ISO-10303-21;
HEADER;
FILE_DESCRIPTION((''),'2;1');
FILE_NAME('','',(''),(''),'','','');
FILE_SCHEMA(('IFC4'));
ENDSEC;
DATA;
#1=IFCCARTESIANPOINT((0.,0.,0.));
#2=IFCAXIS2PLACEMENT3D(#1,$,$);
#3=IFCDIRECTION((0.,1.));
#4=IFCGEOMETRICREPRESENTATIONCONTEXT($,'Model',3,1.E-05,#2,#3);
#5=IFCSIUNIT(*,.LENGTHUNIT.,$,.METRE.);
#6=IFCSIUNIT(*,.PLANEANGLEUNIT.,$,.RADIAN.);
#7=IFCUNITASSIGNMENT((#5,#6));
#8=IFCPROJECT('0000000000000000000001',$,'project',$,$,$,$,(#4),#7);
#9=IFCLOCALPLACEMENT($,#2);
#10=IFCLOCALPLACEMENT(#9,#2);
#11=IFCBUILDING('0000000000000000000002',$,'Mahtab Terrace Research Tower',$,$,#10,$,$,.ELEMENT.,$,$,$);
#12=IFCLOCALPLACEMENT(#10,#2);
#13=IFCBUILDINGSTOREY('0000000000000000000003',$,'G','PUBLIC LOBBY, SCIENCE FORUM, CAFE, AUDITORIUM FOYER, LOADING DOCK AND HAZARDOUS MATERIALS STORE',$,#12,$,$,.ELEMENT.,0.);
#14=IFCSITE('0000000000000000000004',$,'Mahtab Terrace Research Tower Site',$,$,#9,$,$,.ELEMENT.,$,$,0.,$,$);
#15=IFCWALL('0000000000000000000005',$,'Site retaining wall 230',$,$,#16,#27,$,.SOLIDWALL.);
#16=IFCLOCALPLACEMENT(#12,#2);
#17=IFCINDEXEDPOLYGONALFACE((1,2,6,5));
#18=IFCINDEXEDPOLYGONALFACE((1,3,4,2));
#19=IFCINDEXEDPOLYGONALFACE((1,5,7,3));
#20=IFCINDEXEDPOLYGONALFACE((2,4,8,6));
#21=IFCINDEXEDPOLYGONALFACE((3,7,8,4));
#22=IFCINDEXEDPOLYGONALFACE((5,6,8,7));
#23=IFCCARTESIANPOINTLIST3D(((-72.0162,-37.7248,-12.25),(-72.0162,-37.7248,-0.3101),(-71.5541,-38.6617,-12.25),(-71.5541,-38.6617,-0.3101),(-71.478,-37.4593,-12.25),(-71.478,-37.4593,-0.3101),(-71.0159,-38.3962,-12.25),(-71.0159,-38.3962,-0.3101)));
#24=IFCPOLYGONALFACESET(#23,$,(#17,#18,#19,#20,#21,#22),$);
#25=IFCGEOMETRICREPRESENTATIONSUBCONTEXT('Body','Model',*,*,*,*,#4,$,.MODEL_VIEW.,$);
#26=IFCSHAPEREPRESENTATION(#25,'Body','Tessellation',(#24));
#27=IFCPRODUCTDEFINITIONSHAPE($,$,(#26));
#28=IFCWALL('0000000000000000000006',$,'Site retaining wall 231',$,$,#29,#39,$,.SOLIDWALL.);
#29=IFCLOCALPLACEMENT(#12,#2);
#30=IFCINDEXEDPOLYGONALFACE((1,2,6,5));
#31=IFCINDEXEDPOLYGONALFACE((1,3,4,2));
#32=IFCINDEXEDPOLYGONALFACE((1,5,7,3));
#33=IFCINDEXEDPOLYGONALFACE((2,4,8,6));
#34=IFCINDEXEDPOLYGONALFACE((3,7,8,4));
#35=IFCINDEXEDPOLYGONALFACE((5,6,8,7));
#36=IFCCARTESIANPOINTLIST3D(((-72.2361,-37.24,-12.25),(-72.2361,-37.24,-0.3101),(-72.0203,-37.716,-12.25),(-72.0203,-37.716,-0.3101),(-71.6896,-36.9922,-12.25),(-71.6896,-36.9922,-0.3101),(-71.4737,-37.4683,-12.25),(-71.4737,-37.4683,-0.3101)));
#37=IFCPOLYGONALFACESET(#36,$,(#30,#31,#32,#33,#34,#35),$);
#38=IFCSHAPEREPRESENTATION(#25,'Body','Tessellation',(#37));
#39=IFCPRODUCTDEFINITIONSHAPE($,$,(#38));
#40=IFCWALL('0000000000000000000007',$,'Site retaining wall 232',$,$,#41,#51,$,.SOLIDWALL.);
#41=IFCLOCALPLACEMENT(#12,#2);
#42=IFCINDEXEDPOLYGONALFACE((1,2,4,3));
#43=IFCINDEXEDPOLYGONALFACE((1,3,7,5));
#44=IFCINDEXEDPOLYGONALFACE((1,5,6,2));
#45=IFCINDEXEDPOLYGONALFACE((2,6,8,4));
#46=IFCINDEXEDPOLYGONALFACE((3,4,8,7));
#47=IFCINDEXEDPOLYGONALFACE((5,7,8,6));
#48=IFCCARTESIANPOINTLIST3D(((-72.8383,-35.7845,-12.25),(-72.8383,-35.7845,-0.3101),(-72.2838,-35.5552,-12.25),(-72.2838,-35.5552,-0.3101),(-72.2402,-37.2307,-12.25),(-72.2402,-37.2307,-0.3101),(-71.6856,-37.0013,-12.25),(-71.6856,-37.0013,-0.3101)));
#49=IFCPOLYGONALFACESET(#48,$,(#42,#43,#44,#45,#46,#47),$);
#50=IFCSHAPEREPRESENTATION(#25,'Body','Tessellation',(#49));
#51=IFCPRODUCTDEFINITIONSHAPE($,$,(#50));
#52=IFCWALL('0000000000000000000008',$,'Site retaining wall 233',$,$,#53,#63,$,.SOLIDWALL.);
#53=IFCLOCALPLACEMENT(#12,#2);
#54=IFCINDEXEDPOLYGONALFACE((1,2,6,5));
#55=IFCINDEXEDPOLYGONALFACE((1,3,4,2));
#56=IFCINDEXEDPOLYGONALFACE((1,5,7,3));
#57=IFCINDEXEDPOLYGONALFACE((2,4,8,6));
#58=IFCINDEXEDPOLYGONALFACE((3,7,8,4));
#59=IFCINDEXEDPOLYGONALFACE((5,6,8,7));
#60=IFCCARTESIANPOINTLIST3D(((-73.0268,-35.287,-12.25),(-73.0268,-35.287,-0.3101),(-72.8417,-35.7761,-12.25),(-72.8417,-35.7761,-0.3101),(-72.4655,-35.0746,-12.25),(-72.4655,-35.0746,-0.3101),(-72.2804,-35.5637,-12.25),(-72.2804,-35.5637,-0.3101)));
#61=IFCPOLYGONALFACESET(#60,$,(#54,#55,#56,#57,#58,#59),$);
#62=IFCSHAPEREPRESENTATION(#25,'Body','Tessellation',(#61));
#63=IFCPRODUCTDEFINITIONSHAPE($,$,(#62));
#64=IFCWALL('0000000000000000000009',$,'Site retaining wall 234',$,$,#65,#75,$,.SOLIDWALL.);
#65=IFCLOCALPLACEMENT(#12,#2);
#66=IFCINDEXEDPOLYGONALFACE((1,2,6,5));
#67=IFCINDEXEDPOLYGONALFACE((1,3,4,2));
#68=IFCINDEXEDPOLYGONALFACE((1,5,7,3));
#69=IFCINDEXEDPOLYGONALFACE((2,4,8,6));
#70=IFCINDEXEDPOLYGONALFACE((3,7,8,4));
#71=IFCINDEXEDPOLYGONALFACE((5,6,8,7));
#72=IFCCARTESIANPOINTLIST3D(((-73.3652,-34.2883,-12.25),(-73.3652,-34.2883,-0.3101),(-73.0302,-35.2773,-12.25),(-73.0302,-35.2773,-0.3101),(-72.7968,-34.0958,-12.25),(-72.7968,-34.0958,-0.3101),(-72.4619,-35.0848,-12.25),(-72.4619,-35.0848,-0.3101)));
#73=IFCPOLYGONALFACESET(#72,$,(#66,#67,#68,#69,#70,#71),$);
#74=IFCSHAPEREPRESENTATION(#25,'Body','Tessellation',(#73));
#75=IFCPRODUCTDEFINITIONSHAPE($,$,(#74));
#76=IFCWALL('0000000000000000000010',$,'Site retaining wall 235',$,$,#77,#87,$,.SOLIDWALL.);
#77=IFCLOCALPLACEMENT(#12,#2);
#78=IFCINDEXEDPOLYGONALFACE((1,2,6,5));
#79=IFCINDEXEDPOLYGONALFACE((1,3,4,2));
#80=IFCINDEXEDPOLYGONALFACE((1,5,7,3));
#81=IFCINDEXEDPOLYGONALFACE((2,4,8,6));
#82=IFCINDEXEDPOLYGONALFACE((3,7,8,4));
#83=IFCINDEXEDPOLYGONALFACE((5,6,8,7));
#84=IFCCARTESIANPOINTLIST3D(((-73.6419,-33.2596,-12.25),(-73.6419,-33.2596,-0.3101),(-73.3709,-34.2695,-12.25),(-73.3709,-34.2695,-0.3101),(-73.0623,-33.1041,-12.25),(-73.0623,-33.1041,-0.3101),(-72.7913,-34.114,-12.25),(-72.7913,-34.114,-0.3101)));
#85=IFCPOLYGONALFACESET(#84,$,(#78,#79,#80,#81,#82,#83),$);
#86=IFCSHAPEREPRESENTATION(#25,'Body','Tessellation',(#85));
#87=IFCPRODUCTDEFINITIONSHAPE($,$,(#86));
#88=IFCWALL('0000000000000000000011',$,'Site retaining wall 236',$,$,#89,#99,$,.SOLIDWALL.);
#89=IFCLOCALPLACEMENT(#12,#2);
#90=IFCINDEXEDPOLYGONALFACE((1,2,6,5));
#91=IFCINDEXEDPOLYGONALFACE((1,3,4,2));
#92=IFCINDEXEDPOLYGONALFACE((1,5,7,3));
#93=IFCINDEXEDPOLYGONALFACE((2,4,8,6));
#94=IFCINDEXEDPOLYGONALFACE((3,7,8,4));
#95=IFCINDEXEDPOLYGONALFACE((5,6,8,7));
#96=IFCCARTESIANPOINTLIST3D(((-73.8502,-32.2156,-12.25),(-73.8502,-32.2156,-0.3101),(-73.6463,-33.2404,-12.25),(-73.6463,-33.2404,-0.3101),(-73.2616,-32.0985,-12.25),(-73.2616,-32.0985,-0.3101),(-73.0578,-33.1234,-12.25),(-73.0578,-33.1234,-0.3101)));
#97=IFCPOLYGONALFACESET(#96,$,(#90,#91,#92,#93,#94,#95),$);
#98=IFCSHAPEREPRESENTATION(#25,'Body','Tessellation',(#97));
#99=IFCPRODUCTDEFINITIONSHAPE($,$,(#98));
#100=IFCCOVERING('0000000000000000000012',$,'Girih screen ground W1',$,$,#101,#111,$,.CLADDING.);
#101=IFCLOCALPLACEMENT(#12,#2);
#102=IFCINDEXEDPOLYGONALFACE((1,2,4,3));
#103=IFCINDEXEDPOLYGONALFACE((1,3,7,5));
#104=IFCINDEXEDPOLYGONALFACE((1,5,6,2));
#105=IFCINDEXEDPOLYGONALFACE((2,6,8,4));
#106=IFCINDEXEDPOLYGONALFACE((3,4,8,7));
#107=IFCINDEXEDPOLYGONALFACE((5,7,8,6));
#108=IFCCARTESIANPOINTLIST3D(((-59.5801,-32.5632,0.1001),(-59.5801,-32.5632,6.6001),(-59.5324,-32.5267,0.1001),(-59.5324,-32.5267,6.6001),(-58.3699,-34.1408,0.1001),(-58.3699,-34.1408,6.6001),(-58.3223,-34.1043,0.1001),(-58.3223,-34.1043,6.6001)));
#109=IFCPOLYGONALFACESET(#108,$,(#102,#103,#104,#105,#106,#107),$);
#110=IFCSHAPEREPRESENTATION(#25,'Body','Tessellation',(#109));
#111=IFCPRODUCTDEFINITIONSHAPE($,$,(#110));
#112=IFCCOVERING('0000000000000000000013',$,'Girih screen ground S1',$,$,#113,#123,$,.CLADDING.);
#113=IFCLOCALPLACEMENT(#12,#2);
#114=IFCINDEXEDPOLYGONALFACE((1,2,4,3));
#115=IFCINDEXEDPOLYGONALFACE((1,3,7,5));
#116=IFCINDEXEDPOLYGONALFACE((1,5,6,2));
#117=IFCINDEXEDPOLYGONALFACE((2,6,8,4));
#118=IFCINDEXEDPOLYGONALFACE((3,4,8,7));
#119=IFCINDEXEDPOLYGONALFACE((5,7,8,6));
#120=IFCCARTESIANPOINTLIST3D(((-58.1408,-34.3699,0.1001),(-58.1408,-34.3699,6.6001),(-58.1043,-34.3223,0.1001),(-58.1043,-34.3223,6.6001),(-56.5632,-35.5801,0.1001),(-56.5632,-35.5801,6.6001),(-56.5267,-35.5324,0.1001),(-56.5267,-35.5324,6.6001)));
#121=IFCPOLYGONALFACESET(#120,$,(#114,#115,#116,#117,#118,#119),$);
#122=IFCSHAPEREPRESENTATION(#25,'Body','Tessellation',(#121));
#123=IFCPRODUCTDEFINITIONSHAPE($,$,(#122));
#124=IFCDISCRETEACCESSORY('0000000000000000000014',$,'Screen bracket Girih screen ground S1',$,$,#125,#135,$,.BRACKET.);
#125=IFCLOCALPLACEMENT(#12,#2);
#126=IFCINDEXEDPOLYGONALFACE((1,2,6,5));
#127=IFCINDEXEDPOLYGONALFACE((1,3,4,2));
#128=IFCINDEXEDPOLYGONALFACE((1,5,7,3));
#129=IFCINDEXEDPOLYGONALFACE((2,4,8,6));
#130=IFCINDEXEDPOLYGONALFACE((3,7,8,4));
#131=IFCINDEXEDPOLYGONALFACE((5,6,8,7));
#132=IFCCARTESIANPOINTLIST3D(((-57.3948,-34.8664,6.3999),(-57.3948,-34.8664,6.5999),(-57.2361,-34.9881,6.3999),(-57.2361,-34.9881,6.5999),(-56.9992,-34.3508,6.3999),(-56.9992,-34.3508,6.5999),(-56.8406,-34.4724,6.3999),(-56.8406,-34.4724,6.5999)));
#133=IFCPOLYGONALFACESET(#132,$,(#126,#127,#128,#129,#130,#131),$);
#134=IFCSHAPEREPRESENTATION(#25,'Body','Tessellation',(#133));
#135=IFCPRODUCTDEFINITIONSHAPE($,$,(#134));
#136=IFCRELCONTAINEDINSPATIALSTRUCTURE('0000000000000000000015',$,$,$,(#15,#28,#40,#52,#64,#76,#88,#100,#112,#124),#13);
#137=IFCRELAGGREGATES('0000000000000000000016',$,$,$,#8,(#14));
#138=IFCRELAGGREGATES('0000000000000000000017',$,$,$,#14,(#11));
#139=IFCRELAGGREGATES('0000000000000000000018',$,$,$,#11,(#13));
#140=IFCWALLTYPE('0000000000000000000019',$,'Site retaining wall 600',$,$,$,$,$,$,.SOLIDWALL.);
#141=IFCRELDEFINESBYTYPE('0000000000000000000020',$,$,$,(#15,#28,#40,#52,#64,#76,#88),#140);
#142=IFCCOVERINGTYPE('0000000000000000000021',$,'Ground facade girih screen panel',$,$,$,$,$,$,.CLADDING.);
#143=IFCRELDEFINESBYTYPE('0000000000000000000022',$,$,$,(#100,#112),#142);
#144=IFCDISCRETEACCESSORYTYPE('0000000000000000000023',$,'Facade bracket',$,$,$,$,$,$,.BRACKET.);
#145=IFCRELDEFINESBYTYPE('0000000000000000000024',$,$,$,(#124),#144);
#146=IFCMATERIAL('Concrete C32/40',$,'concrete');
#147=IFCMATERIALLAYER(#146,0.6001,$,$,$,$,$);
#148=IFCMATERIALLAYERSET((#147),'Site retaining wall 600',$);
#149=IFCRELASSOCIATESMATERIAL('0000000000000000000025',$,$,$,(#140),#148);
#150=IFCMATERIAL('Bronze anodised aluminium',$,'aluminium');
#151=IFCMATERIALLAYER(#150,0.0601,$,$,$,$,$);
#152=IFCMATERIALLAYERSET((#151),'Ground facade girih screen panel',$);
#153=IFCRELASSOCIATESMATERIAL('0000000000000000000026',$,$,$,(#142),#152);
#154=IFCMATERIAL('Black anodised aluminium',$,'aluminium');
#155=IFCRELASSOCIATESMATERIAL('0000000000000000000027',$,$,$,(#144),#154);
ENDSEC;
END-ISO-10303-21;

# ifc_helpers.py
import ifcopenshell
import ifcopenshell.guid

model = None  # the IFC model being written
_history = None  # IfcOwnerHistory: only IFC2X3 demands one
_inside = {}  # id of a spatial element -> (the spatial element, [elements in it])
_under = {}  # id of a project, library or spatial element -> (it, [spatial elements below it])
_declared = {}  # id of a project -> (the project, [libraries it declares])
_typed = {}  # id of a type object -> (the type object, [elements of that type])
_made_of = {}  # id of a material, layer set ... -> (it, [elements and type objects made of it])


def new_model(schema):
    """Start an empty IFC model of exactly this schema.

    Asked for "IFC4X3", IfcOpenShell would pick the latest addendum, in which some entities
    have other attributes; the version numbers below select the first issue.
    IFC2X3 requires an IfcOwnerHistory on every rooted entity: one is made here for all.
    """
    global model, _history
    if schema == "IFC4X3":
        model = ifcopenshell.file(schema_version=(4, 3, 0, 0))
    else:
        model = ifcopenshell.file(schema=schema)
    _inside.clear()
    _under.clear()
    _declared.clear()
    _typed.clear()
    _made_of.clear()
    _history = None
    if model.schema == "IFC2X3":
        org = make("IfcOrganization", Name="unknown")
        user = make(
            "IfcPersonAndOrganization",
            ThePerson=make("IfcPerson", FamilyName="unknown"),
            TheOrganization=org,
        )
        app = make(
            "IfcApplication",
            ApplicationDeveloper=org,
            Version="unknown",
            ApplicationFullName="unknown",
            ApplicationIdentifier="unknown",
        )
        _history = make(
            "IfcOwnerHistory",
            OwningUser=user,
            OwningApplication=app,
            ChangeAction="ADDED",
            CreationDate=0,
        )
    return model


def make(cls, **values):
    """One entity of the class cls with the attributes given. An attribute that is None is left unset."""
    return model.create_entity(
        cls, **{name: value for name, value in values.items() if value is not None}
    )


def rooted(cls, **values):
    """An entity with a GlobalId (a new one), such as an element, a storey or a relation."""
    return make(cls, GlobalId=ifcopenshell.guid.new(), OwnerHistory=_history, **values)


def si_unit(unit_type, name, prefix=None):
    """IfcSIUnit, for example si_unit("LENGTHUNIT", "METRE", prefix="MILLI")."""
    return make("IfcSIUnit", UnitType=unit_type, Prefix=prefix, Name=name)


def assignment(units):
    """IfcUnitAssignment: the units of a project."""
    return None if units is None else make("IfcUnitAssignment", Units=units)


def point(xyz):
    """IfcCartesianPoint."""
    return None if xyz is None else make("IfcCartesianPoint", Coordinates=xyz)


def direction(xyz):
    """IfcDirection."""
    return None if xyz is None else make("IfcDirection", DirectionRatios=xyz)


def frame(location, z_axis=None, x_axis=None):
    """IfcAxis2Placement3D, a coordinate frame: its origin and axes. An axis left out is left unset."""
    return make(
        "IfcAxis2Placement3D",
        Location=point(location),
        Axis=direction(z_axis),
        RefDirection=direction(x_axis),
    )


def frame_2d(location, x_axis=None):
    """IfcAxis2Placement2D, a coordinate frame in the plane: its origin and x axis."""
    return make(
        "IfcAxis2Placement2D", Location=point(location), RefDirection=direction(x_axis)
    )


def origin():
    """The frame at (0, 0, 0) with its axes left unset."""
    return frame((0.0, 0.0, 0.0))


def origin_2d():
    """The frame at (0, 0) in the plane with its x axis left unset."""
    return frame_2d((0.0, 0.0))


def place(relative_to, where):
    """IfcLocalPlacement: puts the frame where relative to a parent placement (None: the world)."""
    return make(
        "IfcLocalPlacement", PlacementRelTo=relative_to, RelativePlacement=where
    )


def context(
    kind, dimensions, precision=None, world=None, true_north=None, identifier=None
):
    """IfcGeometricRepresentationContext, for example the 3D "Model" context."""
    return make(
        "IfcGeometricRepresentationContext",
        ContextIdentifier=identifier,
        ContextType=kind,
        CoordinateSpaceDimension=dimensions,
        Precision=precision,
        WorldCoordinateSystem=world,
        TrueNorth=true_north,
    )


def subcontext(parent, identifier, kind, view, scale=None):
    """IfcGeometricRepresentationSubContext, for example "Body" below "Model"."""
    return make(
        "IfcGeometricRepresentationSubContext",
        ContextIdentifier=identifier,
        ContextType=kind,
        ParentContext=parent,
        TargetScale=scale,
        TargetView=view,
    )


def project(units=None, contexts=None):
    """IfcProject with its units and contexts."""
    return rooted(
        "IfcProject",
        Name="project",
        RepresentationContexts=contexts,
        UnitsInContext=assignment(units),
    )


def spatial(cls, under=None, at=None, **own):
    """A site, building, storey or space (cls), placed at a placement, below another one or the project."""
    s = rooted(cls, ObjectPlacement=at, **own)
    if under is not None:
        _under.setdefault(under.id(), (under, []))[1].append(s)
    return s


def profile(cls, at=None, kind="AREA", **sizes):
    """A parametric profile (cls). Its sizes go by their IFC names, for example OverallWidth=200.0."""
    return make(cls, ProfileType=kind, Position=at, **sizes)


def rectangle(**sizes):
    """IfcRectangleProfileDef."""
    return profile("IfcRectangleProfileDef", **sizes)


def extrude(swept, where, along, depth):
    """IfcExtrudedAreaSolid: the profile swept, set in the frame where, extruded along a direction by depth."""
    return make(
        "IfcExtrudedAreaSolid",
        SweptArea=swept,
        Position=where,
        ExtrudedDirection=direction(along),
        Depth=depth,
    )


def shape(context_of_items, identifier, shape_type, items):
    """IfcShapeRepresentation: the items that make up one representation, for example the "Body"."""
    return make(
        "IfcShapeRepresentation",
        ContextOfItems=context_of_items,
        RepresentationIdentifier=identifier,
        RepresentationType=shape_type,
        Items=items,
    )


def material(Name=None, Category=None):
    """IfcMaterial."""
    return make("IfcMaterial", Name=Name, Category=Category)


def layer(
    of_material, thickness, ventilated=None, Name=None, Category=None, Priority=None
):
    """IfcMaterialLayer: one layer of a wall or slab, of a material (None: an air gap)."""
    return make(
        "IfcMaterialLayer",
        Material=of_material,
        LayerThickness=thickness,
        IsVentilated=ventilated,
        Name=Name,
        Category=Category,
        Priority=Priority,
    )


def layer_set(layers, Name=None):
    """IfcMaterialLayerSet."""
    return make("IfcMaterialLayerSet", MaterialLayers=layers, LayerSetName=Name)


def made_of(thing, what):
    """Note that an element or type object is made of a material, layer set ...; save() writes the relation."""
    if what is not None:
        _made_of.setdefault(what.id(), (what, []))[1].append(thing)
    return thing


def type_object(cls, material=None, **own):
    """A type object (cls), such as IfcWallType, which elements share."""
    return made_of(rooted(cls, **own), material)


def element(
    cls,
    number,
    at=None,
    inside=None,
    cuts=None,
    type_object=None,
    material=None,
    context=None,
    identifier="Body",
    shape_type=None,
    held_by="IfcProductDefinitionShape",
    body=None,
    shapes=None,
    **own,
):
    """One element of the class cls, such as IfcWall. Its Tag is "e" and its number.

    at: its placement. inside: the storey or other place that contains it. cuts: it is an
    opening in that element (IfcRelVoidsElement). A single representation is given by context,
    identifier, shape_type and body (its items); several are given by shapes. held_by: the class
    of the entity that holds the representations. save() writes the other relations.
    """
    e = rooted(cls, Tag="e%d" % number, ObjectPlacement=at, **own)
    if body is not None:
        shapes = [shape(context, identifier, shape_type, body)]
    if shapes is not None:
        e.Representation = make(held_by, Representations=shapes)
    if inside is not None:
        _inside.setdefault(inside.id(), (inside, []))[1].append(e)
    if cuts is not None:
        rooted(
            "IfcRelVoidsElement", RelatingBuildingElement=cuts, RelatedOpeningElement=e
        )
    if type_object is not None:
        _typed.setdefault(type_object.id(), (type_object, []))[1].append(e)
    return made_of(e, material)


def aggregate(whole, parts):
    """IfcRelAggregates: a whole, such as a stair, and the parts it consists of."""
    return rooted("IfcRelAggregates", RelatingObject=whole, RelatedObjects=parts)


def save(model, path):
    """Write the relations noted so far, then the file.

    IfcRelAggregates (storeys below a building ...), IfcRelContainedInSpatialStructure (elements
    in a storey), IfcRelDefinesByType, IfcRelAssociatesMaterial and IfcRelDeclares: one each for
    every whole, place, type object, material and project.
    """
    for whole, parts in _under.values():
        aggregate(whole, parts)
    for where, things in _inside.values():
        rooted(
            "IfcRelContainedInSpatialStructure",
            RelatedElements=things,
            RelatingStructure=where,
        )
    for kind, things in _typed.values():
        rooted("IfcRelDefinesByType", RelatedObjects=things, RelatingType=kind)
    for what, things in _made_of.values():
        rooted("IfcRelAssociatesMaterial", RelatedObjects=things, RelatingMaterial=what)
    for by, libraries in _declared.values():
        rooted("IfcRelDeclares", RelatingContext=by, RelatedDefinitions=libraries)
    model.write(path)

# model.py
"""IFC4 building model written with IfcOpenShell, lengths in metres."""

from ifc_helpers import new_model, si_unit, direction, frame, frame_2d, origin, origin_2d, place, context, subcontext, project, spatial, rectangle, extrude, material, layer, layer_set, type_object, element, save


model = new_model("IFC4")

# Units and contexts
model_context = context("Model", 3, precision=1e-05, world=origin(), true_north=direction((0.0, 1.0)))
body_context = subcontext(model_context, "Body", "Model", "MODEL_VIEW")
ifc_project = project(units=[si_unit("LENGTHUNIT", "METRE"), si_unit("PLANEANGLEUNIT", "RADIAN")], contexts=[model_context])

# Site, building, storey
site_placement = place(None, origin())
site = spatial("IfcSite", under=ifc_project, at=site_placement, Name="Mahtab Terrace Research Tower Site", CompositionType="ELEMENT", RefElevation=0.0)
building_placement = place(site_placement, origin())
building = spatial("IfcBuilding", under=site, at=building_placement, Name="Mahtab Terrace Research Tower", CompositionType="ELEMENT")
storey_placement = place(building_placement, origin())
storey = spatial("IfcBuildingStorey", under=building, at=storey_placement, Name="G", Description="PUBLIC LOBBY, SCIENCE FORUM, CAFE, AUDITORIUM FOYER, LOADING DOCK AND HAZARDOUS MATERIALS STORE", CompositionType="ELEMENT", Elevation=0.0)

# Walls
ifc_material_1 = material(Name="Concrete C32/40", Category="concrete")
ifc_layer_1 = layer(ifc_material_1, 0.6001)
ifc_layer_set_1 = layer_set([ifc_layer_1], Name="Site retaining wall 600")
wall_type = type_object("IfcWallType", Name="Site retaining wall 600", PredefinedType="SOLIDWALL", material=ifc_layer_set_1)
wall_1_placement = place(storey_placement, frame((-71.2849, -38.5291, -12.25), z_axis=(0.0, 0.0, 1.0), x_axis=(-0.442347, 0.896844, 0.0)))
element("IfcWall", 1, at=wall_1_placement, inside=storey, type_object=wall_type, Name="Site retaining wall 230", PredefinedType="SOLIDWALL", context=body_context, shape_type="SweptSolid", body=[
    extrude(rectangle(XDim=1.0447, YDim=0.6001, at=frame_2d((0.5225, 0.0))), origin(), (0.0, 0.0, 1.0), 11.9399),
])
wall_2_placement = place(storey_placement, frame((-71.7471, -37.592, -12.25), z_axis=(0.0, 0.0, 1.0), x_axis=(-0.412888, 0.910782, 0.0)))
element("IfcWall", 2, at=wall_2_placement, inside=storey, type_object=wall_type, Name="Site retaining wall 231", PredefinedType="SOLIDWALL", context=body_context, shape_type="SweptSolid", body=[
    extrude(rectangle(XDim=0.5227, YDim=0.6001, at=frame_2d((0.2612, 0.0))), origin(), (0.0, 0.0, 1.0), 11.9399),
])
wall_3_placement = place(storey_placement, frame((-71.9629, -37.116, -12.25), z_axis=(0.0, 0.0, 1.0), x_axis=(-0.382232, 0.924066, 0.0)))
element("IfcWall", 3, at=wall_3_placement, inside=storey, type_object=wall_type, Name="Site retaining wall 232", PredefinedType="SOLIDWALL", context=body_context, shape_type="SweptSolid", body=[
    extrude(rectangle(XDim=1.5649, YDim=0.6001, at=frame_2d((0.7825, 0.0))), origin(), (0.0, 0.0, 1.0), 11.9399),
])
wall_4_placement = place(storey_placement, frame((-72.561, -35.6699, -12.25), z_axis=(0.0, 0.0, 1.0), x_axis=(-0.353936, 0.93527, 0.0)))
element("IfcWall", 4, at=wall_4_placement, inside=storey, type_object=wall_type, Name="Site retaining wall 233", PredefinedType="SOLIDWALL", context=body_context, shape_type="SweptSolid", body=[
    extrude(rectangle(XDim=0.5229, YDim=0.6001, at=frame_2d((0.2615, 0.0))), origin(), (0.0, 0.0, 1.0), 11.9399),
])
wall_5_placement = place(storey_placement, frame((-72.7461, -35.1809, -12.25), z_axis=(0.0, 0.0, 1.0), x_axis=(-0.320783, 0.947153, 0.0)))
element("IfcWall", 5, at=wall_5_placement, inside=storey, type_object=wall_type, Name="Site retaining wall 234", PredefinedType="SOLIDWALL", context=body_context, shape_type="SweptSolid", body=[
    extrude(rectangle(XDim=1.0442, YDim=0.6001, at=frame_2d((0.522, 0.0))), origin(), (0.0, 0.0, 1.0), 11.9399),
])
wall_6_placement = place(storey_placement, frame((-73.0811, -34.1919, -12.25), z_axis=(0.0, 0.0, 1.0), x_axis=(-0.259145, 0.965839, 0.0)))
element("IfcWall", 6, at=wall_6_placement, inside=storey, type_object=wall_type, Name="Site retaining wall 235", PredefinedType="SOLIDWALL", context=body_context, shape_type="SweptSolid", body=[
    extrude(rectangle(XDim=1.0457, YDim=0.6001, at=frame_2d((0.5229, 0.0))), origin(), (0.0, 0.0, 1.0), 11.9399),
])
wall_7_placement = place(storey_placement, frame((-73.3521, -33.1819, -12.25), z_axis=(0.0, 0.0, 1.0), x_axis=(-0.195083, 0.980787, 0.0)))
element("IfcWall", 7, at=wall_7_placement, inside=storey, type_object=wall_type, Name="Site retaining wall 236", PredefinedType="SOLIDWALL", context=body_context, shape_type="SweptSolid", body=[
    extrude(rectangle(XDim=1.0449, YDim=0.6001, at=frame_2d((0.5225, 0.0))), origin(), (0.0, 0.0, 1.0), 11.9399),
])

# Coverings
ifc_material_2 = material(Name="Bronze anodised aluminium", Category="aluminium")
ifc_layer_2 = layer(ifc_material_2, 0.0601)
ifc_layer_set_2 = layer_set([ifc_layer_2], Name="Ground facade girih screen panel")
covering_type = type_object("IfcCoveringType", Name="Ground facade girih screen panel", PredefinedType="CLADDING", material=ifc_layer_set_2)
for number, where, z_axis, x_axis, name in (
    (8, (-58.9512, -33.3337, 0.1001), (0.0, 0.0, 1.0), (0.608623, -0.79346, 0.0), "Girih screen ground W1"),
    (9, (-57.3337, -34.9512, 0.1001), (0.0, 0.0, 1.0), (0.79346, -0.608623, 0.0), "Girih screen ground S1"),
):
    element("IfcCovering", number, at=place(storey_placement, frame(where, z_axis=z_axis, x_axis=x_axis)), inside=storey, type_object=covering_type, Name=name, PredefinedType="CLADDING", context=body_context, shape_type="SweptSolid", body=[
        extrude(rectangle(XDim=1.9883, YDim=0.0601, at=origin_2d()), origin(), (0.0, 0.0, 1.0), 6.5),
    ])

# Discrete accessory
ifc_material_3 = material(Name="Black anodised aluminium", Category="aluminium")
discrete_accessory_type = type_object("IfcDiscreteAccessoryType", Name="Facade bracket", PredefinedType="BRACKET", material=ifc_material_3)
discrete_accessory_placement = place(storey_placement, frame((-57.1177, -34.6694, 6.3999), z_axis=(0.0, 0.0, 1.0), x_axis=(0.79346, -0.608623, 0.0)))
element("IfcDiscreteAccessory", 10, at=discrete_accessory_placement, inside=storey, type_object=discrete_accessory_type, Name="Screen bracket Girih screen ground S1", PredefinedType="BRACKET", context=body_context, shape_type="SweptSolid", body=[
    extrude(rectangle(XDim=0.2, YDim=0.6499, at=origin_2d()), origin(), (0.0, 0.0, 1.0), 0.2),
])

save(model, "model.ifc")
